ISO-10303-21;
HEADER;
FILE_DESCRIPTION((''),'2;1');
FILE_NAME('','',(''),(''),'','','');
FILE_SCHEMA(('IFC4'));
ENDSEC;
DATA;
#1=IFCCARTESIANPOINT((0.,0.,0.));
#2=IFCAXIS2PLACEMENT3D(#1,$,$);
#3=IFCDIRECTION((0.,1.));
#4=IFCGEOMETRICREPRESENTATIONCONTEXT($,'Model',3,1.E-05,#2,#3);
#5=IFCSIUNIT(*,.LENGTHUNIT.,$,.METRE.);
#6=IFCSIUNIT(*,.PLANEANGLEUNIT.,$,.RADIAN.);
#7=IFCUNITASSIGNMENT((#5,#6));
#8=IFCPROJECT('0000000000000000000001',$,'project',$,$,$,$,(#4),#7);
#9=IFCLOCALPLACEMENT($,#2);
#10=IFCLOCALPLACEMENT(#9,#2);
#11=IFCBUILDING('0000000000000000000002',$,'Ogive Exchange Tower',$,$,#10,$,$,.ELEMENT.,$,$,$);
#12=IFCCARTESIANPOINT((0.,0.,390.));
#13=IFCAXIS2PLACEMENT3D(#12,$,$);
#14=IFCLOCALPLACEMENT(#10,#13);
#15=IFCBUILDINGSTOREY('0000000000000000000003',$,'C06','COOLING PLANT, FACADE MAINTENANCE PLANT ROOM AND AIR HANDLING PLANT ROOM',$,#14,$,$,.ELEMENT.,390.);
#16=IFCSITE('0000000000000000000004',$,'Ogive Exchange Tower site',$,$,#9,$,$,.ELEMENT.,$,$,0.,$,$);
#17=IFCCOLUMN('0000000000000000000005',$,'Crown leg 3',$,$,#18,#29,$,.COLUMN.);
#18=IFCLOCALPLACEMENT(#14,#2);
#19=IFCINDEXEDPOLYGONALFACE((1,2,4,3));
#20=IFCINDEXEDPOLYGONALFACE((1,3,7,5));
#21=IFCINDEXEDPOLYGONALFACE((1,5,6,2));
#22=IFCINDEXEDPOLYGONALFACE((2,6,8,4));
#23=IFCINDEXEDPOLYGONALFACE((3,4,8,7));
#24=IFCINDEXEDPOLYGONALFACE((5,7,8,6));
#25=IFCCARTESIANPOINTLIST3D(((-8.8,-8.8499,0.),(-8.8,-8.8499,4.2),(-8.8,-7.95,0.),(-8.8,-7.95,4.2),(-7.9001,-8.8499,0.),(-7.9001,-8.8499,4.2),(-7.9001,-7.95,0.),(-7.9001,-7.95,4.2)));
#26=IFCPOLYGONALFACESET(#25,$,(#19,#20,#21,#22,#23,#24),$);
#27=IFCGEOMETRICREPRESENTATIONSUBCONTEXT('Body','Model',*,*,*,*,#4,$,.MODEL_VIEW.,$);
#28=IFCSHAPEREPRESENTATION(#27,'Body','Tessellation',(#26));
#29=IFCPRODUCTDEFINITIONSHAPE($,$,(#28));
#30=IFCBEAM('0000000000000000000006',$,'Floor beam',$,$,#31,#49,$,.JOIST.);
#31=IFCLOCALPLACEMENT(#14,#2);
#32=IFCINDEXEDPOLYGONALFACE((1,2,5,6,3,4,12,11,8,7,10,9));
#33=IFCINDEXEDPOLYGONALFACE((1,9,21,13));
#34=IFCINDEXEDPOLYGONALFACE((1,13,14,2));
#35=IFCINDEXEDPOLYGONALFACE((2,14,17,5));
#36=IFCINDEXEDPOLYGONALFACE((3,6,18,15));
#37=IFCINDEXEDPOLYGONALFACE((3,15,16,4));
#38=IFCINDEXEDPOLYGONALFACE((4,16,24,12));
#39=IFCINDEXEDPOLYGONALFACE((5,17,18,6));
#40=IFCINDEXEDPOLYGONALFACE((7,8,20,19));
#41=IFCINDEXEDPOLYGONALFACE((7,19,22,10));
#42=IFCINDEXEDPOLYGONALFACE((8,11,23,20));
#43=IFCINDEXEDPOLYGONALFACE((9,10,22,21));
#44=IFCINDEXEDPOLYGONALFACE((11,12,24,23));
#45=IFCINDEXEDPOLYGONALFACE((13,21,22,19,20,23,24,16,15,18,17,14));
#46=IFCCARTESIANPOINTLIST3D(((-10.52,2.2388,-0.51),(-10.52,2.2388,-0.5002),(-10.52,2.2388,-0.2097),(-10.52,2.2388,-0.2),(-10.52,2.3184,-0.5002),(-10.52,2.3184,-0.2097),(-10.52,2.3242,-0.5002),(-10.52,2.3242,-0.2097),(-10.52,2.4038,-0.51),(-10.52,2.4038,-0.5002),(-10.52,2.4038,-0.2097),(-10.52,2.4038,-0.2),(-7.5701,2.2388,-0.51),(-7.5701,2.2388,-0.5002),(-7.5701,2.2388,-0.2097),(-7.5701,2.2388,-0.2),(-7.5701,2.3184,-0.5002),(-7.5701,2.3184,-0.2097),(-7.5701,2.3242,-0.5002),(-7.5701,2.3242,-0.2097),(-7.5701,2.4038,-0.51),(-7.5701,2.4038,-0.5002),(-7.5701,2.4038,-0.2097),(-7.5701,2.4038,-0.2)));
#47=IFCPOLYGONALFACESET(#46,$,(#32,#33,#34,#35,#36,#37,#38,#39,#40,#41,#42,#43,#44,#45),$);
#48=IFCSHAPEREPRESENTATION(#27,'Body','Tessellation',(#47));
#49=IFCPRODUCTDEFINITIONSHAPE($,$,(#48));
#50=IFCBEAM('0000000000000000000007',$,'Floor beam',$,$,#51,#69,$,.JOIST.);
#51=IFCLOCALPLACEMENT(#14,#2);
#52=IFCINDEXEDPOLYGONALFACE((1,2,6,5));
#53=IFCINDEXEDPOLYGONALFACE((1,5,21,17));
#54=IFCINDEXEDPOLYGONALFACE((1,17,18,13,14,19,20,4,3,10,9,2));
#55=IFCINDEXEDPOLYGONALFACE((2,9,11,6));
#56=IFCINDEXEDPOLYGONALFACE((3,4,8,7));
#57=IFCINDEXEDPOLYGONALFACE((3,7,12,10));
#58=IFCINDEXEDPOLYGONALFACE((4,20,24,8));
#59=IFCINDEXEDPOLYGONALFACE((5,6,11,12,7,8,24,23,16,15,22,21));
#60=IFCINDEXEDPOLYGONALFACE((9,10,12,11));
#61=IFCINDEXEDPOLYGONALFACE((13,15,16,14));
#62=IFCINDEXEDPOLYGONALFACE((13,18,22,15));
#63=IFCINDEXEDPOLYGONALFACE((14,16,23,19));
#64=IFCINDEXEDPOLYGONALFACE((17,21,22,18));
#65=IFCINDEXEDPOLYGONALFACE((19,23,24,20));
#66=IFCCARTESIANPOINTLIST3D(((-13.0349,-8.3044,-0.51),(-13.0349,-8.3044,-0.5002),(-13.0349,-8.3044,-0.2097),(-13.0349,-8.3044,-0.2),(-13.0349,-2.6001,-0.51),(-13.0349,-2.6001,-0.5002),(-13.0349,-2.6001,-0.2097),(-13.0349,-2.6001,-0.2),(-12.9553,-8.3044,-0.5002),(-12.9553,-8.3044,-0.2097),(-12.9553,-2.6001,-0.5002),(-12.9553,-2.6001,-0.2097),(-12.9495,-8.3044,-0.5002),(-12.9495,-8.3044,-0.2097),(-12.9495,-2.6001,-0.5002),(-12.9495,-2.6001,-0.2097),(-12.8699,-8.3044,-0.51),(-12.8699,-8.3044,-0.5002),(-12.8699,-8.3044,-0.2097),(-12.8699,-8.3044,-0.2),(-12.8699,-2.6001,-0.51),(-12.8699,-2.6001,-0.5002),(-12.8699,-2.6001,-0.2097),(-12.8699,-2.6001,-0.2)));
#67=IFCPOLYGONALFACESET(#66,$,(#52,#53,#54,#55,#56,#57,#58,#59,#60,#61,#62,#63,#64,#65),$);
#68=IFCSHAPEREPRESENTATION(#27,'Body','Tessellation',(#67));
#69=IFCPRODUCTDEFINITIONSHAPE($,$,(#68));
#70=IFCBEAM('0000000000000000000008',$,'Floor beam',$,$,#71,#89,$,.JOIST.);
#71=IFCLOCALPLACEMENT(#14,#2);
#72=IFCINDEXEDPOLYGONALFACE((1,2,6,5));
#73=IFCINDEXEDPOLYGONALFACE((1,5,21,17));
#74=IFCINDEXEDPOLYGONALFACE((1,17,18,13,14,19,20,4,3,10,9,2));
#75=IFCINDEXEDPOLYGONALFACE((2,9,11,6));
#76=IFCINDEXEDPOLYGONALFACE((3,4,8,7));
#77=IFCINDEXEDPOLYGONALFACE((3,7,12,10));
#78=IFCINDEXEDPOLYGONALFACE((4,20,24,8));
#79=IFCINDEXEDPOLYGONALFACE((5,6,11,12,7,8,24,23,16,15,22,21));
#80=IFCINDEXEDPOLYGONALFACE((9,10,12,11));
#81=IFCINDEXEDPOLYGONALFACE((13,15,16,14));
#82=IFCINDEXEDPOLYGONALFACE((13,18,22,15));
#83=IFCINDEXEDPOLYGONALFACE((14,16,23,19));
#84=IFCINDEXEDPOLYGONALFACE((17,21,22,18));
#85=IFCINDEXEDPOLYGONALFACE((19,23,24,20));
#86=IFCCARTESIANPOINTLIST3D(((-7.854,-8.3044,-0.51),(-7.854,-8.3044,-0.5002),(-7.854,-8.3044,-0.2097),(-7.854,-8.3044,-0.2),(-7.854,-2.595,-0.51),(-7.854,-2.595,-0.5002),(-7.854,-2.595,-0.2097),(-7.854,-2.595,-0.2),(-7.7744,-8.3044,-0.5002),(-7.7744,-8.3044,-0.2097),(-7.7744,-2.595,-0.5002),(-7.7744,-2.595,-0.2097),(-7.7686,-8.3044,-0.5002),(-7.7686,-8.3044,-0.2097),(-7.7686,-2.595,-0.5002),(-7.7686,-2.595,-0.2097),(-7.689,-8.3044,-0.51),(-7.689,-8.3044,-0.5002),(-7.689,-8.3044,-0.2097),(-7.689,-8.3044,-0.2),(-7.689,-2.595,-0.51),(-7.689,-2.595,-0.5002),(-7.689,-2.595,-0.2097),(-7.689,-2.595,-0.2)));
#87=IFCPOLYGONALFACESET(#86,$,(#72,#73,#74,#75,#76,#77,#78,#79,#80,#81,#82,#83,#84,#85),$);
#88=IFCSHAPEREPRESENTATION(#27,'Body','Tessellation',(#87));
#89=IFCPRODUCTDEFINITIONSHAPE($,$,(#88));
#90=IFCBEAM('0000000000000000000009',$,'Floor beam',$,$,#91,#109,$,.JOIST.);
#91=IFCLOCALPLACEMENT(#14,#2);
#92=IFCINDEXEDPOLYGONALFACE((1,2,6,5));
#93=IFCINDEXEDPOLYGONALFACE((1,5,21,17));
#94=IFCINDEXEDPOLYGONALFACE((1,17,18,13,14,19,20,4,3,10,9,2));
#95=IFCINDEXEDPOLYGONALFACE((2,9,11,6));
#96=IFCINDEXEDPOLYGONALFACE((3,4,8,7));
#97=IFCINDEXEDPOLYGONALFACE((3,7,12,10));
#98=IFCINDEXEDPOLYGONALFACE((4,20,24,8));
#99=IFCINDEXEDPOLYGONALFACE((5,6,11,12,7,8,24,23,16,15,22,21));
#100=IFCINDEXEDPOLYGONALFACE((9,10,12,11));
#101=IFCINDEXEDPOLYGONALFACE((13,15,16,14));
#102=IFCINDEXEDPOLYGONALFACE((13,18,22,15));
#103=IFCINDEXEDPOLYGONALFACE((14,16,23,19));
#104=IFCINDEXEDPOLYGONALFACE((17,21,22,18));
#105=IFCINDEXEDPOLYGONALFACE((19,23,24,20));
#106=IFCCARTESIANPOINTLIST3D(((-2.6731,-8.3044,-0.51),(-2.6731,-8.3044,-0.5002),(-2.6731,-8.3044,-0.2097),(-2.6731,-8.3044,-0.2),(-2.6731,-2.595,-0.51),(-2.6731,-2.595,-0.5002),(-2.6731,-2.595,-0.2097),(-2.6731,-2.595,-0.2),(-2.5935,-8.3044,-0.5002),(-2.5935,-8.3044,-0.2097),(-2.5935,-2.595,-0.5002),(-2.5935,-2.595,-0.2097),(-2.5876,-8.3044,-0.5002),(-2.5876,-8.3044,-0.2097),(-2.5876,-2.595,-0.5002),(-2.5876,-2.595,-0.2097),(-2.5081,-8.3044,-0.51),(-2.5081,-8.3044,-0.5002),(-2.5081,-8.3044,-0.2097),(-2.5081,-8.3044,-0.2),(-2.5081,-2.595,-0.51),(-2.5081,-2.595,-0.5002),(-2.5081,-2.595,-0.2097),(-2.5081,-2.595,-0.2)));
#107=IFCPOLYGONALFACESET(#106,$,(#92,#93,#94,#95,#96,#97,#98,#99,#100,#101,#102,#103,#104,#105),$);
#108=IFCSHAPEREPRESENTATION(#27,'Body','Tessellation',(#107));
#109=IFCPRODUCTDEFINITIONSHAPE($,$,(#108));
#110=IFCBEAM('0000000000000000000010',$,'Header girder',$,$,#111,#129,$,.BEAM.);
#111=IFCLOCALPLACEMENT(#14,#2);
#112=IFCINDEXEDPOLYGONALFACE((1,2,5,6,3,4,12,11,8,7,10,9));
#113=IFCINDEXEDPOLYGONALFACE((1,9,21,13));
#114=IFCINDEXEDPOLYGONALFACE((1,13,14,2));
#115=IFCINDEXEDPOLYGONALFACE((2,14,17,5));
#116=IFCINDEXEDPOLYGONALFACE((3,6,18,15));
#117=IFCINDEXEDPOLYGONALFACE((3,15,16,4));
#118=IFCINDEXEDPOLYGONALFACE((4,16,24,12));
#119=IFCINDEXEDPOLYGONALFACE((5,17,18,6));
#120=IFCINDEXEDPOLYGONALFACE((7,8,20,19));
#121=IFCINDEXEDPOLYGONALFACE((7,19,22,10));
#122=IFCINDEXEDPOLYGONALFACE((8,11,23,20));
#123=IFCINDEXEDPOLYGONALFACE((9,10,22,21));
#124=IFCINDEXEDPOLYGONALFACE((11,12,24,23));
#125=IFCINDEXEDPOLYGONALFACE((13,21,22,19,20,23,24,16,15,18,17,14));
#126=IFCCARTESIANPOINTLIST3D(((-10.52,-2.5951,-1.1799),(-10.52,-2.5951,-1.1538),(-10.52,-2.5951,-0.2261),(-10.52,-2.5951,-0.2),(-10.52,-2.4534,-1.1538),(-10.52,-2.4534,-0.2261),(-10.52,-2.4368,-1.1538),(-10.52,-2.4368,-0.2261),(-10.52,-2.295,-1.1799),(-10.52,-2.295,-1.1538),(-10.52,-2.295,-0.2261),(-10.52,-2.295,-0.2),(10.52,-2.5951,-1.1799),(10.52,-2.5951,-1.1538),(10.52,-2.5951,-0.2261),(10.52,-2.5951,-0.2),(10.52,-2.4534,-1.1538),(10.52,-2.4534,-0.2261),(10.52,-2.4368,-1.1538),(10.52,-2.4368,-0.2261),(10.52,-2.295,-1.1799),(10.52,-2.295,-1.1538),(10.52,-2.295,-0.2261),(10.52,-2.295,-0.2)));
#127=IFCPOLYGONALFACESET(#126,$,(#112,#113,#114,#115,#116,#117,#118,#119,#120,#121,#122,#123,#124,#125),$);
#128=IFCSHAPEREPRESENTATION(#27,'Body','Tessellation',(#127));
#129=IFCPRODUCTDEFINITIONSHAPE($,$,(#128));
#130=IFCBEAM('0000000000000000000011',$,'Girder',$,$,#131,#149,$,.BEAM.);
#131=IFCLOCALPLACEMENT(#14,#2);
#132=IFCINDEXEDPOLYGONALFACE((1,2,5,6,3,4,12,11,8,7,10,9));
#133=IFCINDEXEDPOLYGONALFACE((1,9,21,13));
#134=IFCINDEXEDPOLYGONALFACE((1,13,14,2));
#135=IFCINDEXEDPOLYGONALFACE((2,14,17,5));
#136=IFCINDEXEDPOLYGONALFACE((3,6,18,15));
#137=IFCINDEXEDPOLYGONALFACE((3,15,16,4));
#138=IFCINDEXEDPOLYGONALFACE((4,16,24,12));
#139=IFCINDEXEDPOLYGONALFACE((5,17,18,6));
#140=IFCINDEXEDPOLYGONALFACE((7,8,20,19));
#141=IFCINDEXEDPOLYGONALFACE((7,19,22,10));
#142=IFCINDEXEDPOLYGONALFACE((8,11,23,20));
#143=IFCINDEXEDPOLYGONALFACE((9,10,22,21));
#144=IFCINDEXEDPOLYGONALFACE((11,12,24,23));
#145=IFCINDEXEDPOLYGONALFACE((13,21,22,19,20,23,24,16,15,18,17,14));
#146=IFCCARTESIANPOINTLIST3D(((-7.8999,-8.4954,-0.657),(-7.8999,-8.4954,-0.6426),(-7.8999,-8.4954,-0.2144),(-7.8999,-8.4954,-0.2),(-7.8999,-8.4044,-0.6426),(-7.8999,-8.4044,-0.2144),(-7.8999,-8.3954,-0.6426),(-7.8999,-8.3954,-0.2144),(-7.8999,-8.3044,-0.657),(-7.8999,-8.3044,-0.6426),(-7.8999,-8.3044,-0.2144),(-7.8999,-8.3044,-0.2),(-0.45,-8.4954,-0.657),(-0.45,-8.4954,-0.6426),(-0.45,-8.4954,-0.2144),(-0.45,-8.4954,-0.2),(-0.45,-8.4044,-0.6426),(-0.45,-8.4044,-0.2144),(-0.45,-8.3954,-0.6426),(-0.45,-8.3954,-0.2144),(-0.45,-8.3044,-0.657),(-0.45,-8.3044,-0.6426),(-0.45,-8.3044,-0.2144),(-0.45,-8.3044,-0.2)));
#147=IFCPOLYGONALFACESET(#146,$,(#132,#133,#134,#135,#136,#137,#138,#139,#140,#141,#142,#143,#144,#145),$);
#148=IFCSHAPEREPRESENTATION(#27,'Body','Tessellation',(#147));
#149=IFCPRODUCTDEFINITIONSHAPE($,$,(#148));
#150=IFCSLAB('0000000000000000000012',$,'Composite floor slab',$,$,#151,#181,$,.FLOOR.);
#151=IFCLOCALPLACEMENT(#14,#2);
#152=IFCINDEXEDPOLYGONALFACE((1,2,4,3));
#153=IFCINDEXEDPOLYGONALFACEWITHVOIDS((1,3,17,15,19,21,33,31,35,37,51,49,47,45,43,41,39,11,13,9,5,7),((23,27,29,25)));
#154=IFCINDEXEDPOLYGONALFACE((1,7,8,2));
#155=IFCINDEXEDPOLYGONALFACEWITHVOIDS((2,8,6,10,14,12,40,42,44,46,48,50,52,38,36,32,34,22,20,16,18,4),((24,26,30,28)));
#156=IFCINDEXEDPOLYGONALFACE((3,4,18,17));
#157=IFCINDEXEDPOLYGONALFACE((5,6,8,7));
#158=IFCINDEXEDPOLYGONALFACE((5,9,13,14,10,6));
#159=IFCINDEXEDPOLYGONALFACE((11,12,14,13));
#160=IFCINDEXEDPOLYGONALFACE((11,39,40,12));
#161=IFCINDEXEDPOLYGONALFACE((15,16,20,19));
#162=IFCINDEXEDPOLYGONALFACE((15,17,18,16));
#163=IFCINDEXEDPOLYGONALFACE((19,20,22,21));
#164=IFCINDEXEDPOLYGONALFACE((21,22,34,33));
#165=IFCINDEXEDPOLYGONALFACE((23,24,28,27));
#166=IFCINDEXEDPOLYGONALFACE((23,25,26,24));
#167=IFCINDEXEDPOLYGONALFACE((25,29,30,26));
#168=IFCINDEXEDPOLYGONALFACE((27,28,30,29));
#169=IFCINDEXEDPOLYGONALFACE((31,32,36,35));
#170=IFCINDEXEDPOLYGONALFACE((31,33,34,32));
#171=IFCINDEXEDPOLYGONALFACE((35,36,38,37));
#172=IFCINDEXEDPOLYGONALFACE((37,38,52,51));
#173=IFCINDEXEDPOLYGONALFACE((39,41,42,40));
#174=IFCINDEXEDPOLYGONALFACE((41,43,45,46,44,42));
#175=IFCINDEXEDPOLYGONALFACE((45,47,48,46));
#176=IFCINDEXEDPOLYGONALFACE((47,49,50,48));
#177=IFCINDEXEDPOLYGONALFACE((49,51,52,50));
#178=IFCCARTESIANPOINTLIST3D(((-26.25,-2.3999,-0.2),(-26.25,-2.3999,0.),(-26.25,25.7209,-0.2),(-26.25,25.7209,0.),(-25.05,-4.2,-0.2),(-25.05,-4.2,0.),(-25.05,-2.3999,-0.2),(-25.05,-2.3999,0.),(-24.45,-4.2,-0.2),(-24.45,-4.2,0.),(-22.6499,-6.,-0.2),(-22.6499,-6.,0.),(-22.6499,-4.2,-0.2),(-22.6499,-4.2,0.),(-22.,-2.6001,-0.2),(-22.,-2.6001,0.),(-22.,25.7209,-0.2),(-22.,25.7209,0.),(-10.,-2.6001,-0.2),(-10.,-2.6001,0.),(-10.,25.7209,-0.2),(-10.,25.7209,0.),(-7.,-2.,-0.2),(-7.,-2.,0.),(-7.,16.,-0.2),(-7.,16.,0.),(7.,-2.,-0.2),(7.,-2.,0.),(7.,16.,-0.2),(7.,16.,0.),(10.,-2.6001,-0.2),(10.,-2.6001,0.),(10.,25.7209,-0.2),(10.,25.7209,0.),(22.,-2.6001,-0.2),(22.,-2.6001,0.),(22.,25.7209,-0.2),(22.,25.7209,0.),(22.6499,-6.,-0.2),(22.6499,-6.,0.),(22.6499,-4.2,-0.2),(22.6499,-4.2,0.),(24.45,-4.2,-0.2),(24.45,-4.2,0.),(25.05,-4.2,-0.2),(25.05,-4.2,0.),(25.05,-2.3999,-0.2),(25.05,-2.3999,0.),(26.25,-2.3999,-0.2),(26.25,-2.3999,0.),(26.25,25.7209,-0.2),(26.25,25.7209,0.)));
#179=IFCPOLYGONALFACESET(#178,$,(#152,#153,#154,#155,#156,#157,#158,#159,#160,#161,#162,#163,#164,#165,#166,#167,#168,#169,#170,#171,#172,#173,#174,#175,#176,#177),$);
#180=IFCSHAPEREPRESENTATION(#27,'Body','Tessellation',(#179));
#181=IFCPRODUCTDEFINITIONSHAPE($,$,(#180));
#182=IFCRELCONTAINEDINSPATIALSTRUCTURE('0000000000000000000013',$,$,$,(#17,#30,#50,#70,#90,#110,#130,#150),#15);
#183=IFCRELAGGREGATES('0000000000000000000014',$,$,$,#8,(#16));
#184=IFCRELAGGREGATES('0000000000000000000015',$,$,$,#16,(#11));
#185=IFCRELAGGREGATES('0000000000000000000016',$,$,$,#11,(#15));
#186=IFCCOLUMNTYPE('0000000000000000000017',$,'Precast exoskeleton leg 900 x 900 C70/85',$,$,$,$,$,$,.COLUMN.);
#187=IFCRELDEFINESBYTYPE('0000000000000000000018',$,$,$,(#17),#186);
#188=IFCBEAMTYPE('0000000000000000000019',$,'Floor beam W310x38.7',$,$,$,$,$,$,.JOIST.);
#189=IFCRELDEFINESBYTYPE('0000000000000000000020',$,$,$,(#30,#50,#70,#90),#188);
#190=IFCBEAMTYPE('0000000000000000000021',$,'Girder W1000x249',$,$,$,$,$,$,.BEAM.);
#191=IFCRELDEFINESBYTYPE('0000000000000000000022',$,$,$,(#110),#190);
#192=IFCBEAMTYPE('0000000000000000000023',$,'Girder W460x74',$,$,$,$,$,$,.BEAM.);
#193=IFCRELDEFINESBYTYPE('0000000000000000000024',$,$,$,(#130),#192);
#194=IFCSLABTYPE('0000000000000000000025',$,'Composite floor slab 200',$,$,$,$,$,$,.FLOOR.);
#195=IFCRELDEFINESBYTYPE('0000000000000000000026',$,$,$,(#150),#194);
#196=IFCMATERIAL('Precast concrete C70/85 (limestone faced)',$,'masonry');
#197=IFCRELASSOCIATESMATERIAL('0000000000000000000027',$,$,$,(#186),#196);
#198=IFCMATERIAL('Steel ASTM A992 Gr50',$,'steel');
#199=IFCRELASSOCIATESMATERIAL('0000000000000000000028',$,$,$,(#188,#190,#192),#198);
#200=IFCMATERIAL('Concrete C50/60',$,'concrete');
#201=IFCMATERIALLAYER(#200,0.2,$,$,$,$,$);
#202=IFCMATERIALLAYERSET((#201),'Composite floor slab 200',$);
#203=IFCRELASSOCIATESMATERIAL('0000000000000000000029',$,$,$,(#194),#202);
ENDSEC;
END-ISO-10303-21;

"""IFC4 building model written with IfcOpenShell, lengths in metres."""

from ifc_helpers import new_model, si_unit, direction, frame, origin, origin_2d, place, context, subcontext, project, spatial, polyline, rectangle, i_section, outline, extrude, material, layer, layer_set, material_profile, profile_set, type_object, element, save


model = new_model("IFC4")

# Units and contexts
model_context = context("Model", 3, precision=1e-05, world=origin(), true_north=direction((0.0, 1.0)))
body_context = subcontext(model_context, "Body", "Model", "MODEL_VIEW")
ifc_project = project(units=[si_unit("LENGTHUNIT", "METRE"), si_unit("PLANEANGLEUNIT", "RADIAN")], contexts=[model_context])

# Site, building, storey
site_placement = place(None, origin())
site = spatial("IfcSite", under=ifc_project, at=site_placement, Name="Ogive Exchange Tower site", CompositionType="ELEMENT", RefElevation=0.0)
building_placement = place(site_placement, origin())
building = spatial("IfcBuilding", under=site, at=building_placement, Name="Ogive Exchange Tower", CompositionType="ELEMENT")
storey_placement = place(building_placement, frame((0.0, 0.0, 390.0)))
storey = spatial("IfcBuildingStorey", under=building, at=storey_placement, Name="C06", Description="COOLING PLANT, FACADE MAINTENANCE PLANT ROOM AND AIR HANDLING PLANT ROOM", CompositionType="ELEMENT", Elevation=390.0)

# Column
ifc_material_1 = material(Name="Precast concrete C70/85 (limestone faced)", Category="masonry")
ifc_material_profile_1 = material_profile(ifc_material_1, rectangle(XDim=0.8999, YDim=0.8999, at=origin_2d()), Name="900 x 900")
ifc_profile_set_1 = profile_set([ifc_material_profile_1], Name="Precast concrete C70/85 (limestone faced)")
column_type = type_object("IfcColumnType", Name="Precast exoskeleton leg 900 x 900 C70/85", PredefinedType="COLUMN", material=ifc_profile_set_1)
column_placement = place(storey_placement, frame((-8.3501, -8.3999, 0.0), z_axis=(0.0, 0.0, 1.0), x_axis=(1.0, 0.0, 0.0)))
element("IfcColumn", 1, at=column_placement, inside=storey, type_object=column_type, Name="Crown leg 3", PredefinedType="COLUMN", context=body_context, shape_type="SweptSolid", body=[
    extrude(rectangle(XDim=0.8999, YDim=0.8999, at=origin_2d()), origin(), (0.0, 0.0, 1.0), 4.2),
])

# Beams
ifc_material_2 = material(Name="Steel ASTM A992 Gr50", Category="steel")
ifc_material_profile_2 = material_profile(ifc_material_2, i_section(OverallWidth=0.165, OverallDepth=0.3101, WebThickness=0.0059, FlangeThickness=0.0098, at=origin_2d()), Name="W310x38.7")
ifc_profile_set_2 = profile_set([ifc_material_profile_2], Name="Steel ASTM A992 Gr50")
beam_type_1 = type_object("IfcBeamType", Name="Floor beam W310x38.7", PredefinedType="JOIST", material=ifc_profile_set_2)
beam_1_placement = place(storey_placement, frame((-10.52, 2.3213, -0.355), z_axis=(1.0, 0.0, 0.0), x_axis=(0.0, 1.0, 0.0)))
element("IfcBeam", 2, at=beam_1_placement, inside=storey, type_object=beam_type_1, Name="Floor beam", PredefinedType="JOIST", context=body_context, shape_type="SweptSolid", body=[
    extrude(i_section(OverallWidth=0.165, OverallDepth=0.3101, WebThickness=0.0059, FlangeThickness=0.0098, at=origin_2d()), origin(), (0.0, 0.0, 1.0), 2.95),
])
beam_2_placement = place(storey_placement, frame((-12.9524, -8.3044, -0.355), z_axis=(0.0, 1.0, 0.0), x_axis=(-1.0, 0.0, 0.0)))
element("IfcBeam", 3, at=beam_2_placement, inside=storey, type_object=beam_type_1, Name="Floor beam", PredefinedType="JOIST", context=body_context, shape_type="SweptSolid", body=[
    extrude(i_section(OverallWidth=0.165, OverallDepth=0.3101, WebThickness=0.0059, FlangeThickness=0.0098, at=origin_2d()), origin(), (0.0, 0.0, 1.0), 5.7043),
])
for number, where, z_axis, x_axis, name in (
    (4, (-7.7715, -8.3044, -0.355), (0.0, 1.0, 0.0), (-1.0, 0.0, 0.0), "Floor beam"),
    (5, (-2.5906, -8.3044, -0.355), (0.0, 1.0, 0.0), (-1.0, 0.0, 0.0), "Floor beam"),
):
    element("IfcBeam", number, at=place(storey_placement, frame(where, z_axis=z_axis, x_axis=x_axis)), inside=storey, type_object=beam_type_1, Name=name, PredefinedType="JOIST", context=body_context, shape_type="SweptSolid", body=[
        extrude(i_section(OverallWidth=0.165, OverallDepth=0.3101, WebThickness=0.0059, FlangeThickness=0.0098, at=origin_2d()), origin(), (0.0, 0.0, 1.0), 5.7095),
    ])
ifc_material_profile_3 = material_profile(ifc_material_2, i_section(OverallWidth=0.3, OverallDepth=0.98, WebThickness=0.0166, FlangeThickness=0.0261, at=origin_2d()), Name="W1000x249")
ifc_profile_set_3 = profile_set([ifc_material_profile_3], Name="Steel ASTM A992 Gr50")
beam_type_2 = type_object("IfcBeamType", Name="Girder W1000x249", PredefinedType="BEAM", material=ifc_profile_set_3)
beam_3_placement = place(storey_placement, frame((-10.52, -2.4451, -0.6899), z_axis=(1.0, 0.0, 0.0), x_axis=(0.0, 1.0, 0.0)))
element("IfcBeam", 6, at=beam_3_placement, inside=storey, type_object=beam_type_2, Name="Header girder", PredefinedType="BEAM", context=body_context, shape_type="SweptSolid", body=[
    extrude(i_section(OverallWidth=0.3, OverallDepth=0.98, WebThickness=0.0166, FlangeThickness=0.0261, at=origin_2d()), origin(), (0.0, 0.0, 1.0), 21.04),
])
ifc_material_profile_4 = material_profile(ifc_material_2, i_section(OverallWidth=0.1909, OverallDepth=0.457, WebThickness=0.009, FlangeThickness=0.0144, at=origin_2d()), Name="W460x74")
ifc_profile_set_4 = profile_set([ifc_material_profile_4], Name="Steel ASTM A992 Gr50")
beam_type_3 = type_object("IfcBeamType", Name="Girder W460x74", PredefinedType="BEAM", material=ifc_profile_set_4)
beam_4_placement = place(storey_placement, frame((-7.8999, -8.3999, -0.4285), z_axis=(1.0, 0.0, 0.0), x_axis=(0.0, 1.0, 0.0)))
element("IfcBeam", 7, at=beam_4_placement, inside=storey, type_object=beam_type_3, Name="Girder", PredefinedType="BEAM", context=body_context, shape_type="SweptSolid", body=[
    extrude(i_section(OverallWidth=0.1909, OverallDepth=0.457, WebThickness=0.009, FlangeThickness=0.0144, at=origin_2d()), origin(), (0.0, 0.0, 1.0), 7.45),
])

# Slab
ifc_material_3 = material(Name="Concrete C50/60", Category="concrete")
ifc_layer_1 = layer(ifc_material_3, 0.2)
ifc_layer_set_1 = layer_set([ifc_layer_1], Name="Composite floor slab 200")
slab_type_1 = type_object("IfcSlabType", Name="Composite floor slab 200", PredefinedType="FLOOR", material=ifc_layer_set_1)
slab_1_placement = place(storey_placement, frame((0.0, 0.0, -0.2)))
element("IfcSlab", 8, at=slab_1_placement, inside=storey, type_object=slab_type_1, Name="Composite floor slab", PredefinedType="FLOOR", context=body_context, shape_type="SweptSolid", body=[
    extrude(outline(polyline([(-24.45, -2.3999), (-24.45, -2.3999), (-26.25, -2.3999), (-26.25, 25.7209), (-22.0, 25.7209), (-22.0, -2.6001), (-10.0, -2.6001), (-10.0, 25.7209), (10.0, 25.7209), (10.0, -2.6001), (22.0, -2.6001), (22.0, 25.7209), (26.25, 25.7209), (26.25, -2.3999), (24.45, -2.3999), (24.45, -2.3999), (25.05, -2.3999), (25.05, -4.2), (24.45, -4.2), (24.45, -4.2), (22.6499, -4.2), (22.6499, -6.0), (-22.6499, -6.0), (-22.6499, -4.2), (-24.45, -4.2), (-24.45, -4.2), (-25.05, -4.2), (-25.05, -2.3999), (-24.45, -2.3999)]), holes=[polyline([(7.0, -2.0), (7.0, 16.0), (-7.0, 16.0), (-7.0, -2.0), (7.0, -2.0)])]), origin(), (0.0, 0.0, 1.0), 0.2),
])

save(model, "model.ifc")
